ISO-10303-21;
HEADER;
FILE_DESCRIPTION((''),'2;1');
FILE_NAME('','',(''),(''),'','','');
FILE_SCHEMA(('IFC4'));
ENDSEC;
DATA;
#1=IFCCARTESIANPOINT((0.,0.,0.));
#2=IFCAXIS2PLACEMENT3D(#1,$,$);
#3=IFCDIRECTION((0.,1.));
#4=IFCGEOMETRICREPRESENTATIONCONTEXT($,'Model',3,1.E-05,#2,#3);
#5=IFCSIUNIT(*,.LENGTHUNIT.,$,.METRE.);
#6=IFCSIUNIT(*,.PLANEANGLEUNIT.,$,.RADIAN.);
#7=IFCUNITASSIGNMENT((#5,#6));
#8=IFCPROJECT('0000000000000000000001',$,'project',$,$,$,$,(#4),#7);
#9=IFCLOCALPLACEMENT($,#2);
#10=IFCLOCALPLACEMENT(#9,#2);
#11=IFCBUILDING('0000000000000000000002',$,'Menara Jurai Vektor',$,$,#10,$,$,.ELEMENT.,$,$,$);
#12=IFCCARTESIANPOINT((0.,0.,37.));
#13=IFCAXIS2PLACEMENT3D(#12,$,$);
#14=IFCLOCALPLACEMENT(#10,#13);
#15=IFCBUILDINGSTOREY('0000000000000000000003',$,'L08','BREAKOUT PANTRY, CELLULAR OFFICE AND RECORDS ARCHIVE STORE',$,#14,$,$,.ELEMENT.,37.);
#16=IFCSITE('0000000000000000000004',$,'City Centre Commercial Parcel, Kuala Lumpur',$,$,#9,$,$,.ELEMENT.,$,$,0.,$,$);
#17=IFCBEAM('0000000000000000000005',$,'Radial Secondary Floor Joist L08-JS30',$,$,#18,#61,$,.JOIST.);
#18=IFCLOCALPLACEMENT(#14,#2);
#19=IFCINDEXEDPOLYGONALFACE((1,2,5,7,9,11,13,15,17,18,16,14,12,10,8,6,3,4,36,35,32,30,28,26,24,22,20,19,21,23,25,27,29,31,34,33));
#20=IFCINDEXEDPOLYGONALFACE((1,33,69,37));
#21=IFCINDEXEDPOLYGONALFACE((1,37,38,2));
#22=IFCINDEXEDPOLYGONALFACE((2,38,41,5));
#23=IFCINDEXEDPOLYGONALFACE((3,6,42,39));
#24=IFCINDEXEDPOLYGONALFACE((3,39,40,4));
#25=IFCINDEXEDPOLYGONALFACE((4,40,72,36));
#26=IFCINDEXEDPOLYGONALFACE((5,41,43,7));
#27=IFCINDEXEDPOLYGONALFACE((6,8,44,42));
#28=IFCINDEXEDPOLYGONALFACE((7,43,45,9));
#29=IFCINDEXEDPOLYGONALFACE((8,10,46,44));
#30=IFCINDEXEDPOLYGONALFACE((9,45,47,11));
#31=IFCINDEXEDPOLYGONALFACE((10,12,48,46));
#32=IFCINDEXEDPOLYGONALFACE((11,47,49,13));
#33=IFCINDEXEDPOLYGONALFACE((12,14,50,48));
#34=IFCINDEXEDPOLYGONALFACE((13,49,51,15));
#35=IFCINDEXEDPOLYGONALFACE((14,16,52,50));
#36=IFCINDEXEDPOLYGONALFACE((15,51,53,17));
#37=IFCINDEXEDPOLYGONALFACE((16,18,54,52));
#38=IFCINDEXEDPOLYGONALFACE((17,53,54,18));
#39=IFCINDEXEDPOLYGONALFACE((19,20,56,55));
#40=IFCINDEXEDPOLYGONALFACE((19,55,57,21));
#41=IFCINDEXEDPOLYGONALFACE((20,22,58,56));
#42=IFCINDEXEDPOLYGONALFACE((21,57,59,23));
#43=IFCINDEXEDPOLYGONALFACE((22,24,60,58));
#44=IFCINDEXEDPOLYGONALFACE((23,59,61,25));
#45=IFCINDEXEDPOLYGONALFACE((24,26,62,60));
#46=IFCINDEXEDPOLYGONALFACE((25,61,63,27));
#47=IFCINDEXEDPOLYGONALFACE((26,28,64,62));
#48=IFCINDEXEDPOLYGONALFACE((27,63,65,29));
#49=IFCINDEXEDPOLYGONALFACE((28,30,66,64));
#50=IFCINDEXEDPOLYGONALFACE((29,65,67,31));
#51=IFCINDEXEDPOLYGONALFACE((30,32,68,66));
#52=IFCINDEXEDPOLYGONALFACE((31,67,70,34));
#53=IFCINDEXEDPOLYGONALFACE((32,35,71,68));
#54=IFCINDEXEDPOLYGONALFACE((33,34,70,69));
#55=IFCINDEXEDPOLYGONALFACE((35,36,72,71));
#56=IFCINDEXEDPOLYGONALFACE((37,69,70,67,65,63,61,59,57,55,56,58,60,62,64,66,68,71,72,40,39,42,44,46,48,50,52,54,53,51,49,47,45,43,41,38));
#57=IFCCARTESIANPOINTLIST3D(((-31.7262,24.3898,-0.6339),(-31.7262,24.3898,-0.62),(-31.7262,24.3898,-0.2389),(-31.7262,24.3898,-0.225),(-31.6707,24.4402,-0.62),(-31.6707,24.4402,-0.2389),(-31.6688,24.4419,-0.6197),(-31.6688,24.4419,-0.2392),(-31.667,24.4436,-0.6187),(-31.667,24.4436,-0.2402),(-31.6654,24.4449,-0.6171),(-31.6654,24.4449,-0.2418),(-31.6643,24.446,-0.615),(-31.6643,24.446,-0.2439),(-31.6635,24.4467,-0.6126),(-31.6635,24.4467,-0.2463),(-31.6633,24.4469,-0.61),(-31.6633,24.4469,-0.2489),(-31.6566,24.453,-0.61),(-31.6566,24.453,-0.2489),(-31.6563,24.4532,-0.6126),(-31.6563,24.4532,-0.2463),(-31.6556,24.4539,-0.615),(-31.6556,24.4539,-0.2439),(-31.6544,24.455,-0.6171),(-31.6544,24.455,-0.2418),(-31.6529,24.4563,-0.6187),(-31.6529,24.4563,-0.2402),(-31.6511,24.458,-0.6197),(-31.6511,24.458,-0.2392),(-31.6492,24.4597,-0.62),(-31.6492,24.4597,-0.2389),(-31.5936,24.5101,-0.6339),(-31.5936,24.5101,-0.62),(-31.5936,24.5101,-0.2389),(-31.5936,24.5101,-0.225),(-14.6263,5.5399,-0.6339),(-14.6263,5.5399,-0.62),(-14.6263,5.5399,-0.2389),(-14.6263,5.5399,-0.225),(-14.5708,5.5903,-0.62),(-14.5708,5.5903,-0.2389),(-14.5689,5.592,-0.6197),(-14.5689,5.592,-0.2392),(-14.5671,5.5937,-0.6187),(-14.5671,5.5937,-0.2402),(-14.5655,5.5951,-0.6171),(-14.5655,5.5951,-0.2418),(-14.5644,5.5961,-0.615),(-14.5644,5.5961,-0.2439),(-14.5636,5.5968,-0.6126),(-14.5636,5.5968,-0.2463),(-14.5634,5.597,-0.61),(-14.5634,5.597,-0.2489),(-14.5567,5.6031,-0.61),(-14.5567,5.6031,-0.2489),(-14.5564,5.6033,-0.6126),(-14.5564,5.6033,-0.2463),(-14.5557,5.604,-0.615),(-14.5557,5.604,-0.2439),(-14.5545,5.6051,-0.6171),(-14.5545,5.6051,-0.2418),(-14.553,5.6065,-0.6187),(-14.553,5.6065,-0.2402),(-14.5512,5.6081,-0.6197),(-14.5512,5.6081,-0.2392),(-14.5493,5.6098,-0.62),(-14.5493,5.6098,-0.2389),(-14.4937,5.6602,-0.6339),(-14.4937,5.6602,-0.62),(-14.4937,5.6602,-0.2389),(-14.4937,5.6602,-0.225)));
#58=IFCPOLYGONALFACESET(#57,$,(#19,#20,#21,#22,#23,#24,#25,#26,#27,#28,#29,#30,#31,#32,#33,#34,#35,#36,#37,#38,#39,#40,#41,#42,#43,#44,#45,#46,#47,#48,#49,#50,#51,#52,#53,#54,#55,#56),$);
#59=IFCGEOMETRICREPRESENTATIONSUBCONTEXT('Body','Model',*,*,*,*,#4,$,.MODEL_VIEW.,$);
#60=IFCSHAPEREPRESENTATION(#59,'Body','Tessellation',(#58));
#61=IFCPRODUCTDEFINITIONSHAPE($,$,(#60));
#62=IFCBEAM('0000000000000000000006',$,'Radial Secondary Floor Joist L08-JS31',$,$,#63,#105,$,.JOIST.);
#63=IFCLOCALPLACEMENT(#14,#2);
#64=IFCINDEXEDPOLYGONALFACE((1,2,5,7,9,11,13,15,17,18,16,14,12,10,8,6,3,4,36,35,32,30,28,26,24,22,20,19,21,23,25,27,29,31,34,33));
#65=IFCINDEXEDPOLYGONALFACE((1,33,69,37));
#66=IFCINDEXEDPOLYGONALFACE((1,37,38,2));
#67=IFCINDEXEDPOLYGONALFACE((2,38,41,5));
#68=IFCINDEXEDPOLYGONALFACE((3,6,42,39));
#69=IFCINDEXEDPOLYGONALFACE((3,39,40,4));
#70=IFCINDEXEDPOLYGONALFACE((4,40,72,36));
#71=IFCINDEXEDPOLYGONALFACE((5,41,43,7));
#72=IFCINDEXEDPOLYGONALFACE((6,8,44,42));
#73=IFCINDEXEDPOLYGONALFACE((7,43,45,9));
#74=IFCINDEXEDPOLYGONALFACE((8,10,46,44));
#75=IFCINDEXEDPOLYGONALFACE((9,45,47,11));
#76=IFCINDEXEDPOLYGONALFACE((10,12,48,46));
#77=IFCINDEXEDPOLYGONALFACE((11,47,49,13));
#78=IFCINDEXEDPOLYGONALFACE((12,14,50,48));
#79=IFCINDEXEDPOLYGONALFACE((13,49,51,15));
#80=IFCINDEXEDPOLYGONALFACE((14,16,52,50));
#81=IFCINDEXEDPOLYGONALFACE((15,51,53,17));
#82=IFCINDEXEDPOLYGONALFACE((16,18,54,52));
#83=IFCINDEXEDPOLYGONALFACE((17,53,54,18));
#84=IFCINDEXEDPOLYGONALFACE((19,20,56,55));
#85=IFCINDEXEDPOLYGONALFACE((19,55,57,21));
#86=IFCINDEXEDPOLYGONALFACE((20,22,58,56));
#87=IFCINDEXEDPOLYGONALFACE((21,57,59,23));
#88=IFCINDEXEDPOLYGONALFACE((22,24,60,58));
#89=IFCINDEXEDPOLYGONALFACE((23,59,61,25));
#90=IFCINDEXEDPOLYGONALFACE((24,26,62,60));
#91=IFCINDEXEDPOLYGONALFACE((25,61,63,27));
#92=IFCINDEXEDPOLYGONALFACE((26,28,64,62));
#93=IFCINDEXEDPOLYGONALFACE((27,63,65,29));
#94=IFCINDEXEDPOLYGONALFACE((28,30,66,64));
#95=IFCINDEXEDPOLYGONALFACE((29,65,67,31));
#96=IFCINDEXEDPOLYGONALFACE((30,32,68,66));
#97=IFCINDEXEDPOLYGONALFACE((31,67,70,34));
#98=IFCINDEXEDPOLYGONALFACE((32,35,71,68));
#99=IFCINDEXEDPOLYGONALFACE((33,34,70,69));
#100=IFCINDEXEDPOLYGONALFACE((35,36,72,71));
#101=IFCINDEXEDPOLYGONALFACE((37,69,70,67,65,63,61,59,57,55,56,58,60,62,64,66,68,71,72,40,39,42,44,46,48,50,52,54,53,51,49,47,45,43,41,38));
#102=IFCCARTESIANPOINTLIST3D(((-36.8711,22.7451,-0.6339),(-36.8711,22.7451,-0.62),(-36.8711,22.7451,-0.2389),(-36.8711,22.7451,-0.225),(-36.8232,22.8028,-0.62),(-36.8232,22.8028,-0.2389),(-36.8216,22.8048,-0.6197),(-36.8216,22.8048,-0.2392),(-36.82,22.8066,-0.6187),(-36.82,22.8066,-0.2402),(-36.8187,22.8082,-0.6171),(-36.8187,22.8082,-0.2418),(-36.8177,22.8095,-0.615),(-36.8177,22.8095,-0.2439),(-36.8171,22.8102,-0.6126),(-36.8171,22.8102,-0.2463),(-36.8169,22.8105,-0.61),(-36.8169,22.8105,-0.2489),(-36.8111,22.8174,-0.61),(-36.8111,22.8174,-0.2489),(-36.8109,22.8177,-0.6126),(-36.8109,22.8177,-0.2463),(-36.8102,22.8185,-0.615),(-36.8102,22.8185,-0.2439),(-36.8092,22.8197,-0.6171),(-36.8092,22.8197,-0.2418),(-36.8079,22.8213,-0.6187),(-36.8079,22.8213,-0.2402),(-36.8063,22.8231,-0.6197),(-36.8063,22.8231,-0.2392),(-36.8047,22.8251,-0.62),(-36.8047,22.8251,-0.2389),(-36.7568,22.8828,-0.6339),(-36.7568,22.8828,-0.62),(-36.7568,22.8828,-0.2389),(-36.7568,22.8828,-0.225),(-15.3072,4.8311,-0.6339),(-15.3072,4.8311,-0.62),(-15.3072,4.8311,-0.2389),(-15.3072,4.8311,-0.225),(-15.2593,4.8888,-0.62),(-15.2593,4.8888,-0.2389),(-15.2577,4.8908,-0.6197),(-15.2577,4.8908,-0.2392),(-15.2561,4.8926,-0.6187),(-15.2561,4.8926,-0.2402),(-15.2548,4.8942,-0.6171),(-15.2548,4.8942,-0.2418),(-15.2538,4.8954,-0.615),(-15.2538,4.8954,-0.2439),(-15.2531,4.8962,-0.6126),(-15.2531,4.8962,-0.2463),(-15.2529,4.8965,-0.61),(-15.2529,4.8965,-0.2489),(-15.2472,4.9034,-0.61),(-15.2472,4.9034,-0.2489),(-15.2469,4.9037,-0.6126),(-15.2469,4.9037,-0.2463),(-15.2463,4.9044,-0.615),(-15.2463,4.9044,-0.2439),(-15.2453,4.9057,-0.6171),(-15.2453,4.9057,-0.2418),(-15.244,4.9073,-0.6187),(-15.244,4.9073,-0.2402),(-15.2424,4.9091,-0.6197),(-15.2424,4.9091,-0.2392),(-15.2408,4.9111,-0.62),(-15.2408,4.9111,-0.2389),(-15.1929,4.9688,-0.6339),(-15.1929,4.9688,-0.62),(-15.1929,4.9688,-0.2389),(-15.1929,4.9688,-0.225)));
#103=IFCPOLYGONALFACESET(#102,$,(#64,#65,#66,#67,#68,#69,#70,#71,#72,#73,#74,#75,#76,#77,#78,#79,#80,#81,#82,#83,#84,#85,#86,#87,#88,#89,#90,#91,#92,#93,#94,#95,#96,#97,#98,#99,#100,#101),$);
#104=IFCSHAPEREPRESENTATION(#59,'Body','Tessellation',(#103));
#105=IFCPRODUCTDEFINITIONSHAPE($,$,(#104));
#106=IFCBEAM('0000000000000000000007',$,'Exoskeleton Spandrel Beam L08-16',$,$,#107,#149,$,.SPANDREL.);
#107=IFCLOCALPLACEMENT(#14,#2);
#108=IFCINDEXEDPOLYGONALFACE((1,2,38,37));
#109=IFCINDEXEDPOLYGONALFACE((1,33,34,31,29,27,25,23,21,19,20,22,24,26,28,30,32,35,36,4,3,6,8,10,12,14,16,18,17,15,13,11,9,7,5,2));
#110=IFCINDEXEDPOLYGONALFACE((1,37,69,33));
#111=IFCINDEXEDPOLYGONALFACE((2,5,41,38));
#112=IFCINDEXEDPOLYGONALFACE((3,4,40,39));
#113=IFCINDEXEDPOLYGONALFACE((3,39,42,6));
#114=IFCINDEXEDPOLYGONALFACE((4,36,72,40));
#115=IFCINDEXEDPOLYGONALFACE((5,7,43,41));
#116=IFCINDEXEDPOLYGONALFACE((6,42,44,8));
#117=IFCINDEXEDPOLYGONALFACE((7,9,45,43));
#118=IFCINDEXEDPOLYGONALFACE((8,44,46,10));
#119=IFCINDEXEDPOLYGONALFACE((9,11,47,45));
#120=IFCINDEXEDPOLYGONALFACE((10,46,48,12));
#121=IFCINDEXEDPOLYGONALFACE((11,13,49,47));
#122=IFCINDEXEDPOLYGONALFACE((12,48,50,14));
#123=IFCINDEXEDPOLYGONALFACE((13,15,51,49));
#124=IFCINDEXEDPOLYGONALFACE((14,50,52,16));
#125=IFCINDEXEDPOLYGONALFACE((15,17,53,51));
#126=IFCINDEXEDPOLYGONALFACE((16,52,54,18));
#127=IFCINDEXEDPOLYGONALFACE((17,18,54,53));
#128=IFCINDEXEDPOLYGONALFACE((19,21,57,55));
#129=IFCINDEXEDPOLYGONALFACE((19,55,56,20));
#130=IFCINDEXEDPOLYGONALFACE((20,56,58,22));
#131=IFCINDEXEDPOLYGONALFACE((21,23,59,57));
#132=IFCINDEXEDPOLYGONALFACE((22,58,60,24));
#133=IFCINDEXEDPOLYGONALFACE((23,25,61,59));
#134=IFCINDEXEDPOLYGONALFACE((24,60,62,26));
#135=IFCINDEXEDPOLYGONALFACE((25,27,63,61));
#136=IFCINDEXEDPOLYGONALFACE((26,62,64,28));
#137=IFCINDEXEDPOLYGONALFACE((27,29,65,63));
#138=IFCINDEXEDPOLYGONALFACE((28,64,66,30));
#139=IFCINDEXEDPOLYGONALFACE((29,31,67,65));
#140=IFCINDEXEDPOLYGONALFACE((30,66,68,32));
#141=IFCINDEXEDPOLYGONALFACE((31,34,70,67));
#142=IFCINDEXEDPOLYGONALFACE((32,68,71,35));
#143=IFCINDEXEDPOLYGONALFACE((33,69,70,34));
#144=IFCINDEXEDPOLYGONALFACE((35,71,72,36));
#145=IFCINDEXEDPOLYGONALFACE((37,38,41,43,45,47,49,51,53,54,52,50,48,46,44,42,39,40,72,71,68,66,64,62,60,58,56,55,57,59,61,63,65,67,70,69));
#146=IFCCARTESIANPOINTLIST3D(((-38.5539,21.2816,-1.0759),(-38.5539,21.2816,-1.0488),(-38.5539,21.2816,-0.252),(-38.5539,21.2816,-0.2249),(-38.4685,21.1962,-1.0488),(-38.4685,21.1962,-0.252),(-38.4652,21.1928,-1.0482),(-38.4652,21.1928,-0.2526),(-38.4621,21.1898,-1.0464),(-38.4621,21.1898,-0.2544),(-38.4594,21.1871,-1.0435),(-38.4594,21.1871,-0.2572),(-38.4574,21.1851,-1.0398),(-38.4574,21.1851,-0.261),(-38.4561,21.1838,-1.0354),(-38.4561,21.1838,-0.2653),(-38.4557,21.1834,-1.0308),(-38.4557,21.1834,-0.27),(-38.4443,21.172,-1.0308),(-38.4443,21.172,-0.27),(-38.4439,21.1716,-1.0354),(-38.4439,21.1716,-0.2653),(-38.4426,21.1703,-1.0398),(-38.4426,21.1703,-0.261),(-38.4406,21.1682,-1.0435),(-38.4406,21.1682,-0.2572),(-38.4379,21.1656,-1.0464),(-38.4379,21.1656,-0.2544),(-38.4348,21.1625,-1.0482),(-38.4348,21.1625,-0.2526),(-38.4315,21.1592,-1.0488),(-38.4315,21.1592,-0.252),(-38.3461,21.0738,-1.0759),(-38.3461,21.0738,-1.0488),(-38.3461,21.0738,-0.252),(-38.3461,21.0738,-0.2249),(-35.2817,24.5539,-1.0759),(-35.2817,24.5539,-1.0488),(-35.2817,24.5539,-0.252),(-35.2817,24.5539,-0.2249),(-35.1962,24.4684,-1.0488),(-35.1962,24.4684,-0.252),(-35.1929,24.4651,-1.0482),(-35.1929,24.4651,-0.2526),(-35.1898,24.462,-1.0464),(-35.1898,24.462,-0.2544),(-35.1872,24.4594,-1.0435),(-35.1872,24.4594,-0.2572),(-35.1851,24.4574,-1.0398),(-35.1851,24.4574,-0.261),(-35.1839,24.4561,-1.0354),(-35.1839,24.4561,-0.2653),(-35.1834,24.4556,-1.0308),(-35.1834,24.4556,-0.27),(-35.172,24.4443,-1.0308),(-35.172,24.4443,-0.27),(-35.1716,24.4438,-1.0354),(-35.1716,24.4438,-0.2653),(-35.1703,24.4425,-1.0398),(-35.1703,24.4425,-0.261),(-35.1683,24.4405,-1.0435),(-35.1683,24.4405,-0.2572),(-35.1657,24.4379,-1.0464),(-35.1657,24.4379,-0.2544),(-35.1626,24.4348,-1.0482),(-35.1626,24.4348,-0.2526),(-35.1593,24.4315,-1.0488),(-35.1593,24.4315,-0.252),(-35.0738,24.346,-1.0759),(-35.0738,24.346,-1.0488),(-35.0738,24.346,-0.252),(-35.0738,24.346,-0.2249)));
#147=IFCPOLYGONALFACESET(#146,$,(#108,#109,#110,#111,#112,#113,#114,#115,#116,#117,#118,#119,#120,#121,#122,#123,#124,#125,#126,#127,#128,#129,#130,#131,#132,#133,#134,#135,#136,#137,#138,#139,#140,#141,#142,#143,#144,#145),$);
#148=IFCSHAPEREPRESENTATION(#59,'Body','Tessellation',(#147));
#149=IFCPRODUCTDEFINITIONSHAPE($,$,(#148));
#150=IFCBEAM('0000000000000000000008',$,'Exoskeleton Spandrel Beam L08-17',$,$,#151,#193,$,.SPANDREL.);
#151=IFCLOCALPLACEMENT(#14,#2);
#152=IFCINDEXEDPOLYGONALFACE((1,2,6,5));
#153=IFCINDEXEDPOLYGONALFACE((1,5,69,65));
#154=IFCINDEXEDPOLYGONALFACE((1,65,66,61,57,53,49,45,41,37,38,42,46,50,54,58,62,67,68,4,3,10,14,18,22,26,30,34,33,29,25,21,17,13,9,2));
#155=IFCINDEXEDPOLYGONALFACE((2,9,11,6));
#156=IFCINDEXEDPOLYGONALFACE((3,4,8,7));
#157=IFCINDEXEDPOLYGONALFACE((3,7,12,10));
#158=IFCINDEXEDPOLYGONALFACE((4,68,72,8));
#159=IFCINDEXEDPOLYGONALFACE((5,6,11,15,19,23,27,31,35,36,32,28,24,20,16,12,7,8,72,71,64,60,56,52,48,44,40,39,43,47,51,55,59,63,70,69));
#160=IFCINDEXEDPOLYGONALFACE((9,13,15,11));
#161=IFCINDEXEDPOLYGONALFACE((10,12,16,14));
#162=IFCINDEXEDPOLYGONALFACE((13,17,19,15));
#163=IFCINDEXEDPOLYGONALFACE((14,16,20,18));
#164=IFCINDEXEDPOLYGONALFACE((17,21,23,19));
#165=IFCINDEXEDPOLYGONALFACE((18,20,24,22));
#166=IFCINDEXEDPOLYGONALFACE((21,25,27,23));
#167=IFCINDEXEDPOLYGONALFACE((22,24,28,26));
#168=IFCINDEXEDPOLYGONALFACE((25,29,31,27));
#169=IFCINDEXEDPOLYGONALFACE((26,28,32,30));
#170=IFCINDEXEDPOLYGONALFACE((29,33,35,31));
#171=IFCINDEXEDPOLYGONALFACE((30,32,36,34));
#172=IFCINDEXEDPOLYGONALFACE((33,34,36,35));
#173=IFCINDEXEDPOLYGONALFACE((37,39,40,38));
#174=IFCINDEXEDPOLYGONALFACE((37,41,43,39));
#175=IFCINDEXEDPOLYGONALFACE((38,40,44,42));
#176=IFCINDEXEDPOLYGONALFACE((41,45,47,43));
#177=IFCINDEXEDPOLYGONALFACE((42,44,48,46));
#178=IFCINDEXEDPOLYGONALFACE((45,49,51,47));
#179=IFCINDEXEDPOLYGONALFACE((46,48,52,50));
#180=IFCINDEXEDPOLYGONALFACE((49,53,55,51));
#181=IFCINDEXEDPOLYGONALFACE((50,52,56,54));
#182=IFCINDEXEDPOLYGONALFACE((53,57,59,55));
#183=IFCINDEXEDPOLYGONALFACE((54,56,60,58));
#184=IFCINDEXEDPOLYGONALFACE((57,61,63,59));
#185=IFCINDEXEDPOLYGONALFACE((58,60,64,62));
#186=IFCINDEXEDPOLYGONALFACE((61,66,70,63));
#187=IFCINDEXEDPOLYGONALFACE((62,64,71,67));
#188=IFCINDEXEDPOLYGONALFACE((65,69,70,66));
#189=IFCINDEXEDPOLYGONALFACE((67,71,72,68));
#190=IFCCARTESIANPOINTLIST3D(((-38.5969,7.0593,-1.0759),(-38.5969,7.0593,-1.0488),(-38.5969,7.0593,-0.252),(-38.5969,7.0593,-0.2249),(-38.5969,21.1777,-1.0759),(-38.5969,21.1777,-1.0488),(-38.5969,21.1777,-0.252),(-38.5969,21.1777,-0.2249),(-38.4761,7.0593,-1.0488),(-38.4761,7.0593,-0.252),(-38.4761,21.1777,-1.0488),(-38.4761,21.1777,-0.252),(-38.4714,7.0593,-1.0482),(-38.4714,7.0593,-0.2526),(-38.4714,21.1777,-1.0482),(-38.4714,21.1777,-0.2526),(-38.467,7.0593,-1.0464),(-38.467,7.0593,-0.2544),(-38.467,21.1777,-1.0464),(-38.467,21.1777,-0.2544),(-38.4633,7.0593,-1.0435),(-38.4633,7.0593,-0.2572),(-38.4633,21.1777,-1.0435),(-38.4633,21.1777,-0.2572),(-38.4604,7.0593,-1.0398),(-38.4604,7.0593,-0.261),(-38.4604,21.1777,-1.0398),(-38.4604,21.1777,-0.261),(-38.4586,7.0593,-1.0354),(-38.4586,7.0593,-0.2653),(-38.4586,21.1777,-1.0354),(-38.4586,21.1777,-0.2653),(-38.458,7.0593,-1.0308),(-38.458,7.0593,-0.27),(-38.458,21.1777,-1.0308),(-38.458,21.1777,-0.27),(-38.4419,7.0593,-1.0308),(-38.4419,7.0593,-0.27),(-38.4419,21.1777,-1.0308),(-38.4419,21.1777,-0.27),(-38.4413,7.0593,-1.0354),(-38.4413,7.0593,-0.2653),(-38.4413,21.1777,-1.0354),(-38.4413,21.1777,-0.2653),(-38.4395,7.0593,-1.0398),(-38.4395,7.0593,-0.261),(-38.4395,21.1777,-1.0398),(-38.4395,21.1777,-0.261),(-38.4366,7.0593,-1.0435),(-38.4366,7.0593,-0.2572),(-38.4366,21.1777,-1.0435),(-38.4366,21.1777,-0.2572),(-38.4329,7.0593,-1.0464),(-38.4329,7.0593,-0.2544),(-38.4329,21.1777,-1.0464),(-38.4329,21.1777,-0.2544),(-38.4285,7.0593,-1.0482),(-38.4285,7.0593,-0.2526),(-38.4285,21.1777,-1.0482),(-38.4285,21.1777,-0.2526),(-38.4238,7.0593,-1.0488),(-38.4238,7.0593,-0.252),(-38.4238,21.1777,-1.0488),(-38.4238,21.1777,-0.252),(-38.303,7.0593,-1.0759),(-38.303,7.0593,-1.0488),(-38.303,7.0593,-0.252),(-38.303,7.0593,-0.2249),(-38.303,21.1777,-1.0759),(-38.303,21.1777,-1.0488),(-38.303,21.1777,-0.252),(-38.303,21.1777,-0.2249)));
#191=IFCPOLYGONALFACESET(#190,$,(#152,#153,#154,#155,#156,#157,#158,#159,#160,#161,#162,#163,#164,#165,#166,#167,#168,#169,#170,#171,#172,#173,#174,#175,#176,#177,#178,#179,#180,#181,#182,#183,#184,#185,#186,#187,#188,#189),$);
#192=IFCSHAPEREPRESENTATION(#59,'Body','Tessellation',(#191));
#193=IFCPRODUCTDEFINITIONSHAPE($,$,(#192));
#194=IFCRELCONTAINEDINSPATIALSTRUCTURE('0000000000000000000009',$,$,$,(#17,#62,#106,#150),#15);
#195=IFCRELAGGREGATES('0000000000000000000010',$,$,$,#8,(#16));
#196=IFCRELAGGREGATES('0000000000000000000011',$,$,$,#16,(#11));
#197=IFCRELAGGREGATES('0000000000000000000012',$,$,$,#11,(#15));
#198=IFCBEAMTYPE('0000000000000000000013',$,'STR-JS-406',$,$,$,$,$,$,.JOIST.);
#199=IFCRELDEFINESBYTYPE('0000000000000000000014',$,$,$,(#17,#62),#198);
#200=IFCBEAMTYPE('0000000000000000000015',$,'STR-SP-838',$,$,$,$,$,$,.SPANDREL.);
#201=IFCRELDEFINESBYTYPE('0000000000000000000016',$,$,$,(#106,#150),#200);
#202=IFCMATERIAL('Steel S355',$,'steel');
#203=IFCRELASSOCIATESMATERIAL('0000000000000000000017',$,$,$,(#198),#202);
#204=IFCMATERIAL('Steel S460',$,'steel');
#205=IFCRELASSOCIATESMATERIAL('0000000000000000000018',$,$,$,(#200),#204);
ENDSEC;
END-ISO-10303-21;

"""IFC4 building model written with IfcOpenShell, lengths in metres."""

from ifc_helpers import new_model, si_unit, direction, frame, origin, origin_2d, place, context, subcontext, project, spatial, i_section, extrude, material, material_profile, profile_set, type_object, element, save


model = new_model("IFC4")

# Units and contexts
model_context = context("Model", 3, precision=1e-05, world=origin(), true_north=direction((0.0, 1.0)))
body_context = subcontext(model_context, "Body", "Model", "MODEL_VIEW")
ifc_project = project(units=[si_unit("LENGTHUNIT", "METRE"), si_unit("PLANEANGLEUNIT", "RADIAN")], contexts=[model_context])

# Site, building, storey
site_placement = place(None, origin())
site = spatial("IfcSite", under=ifc_project, at=site_placement, Name="City Centre Commercial Parcel, Kuala Lumpur", CompositionType="ELEMENT", RefElevation=0.0)
building_placement = place(site_placement, origin())
building = spatial("IfcBuilding", under=site, at=building_placement, Name="Menara Jurai Vektor", CompositionType="ELEMENT")
storey_placement = place(building_placement, frame((0.0, 0.0, 37.0)))
storey = spatial("IfcBuildingStorey", under=building, at=storey_placement, Name="L08", Description="BREAKOUT PANTRY, CELLULAR OFFICE AND RECORDS ARCHIVE STORE", CompositionType="ELEMENT", Elevation=37.0)

# Shared definitions
ifc_material_1 = material(Name="Steel S460", Category="steel")

# Shared definitions
ifc_material_2 = material(Name="Steel S355", Category="steel")

# Beams
ifc_material_profile_1 = material_profile(ifc_material_2, i_section(OverallWidth=0.179, OverallDepth=0.4089, WebThickness=0.009, FlangeThickness=0.0139, FilletRadius=0.01, at=origin_2d()), Name="UKB 406x178x67")
ifc_profile_set_1 = profile_set([ifc_material_profile_1], Name="Steel S355")
beam_type_1 = type_object("IfcBeamType", Name="STR-JS-406", PredefinedType="JOIST", material=ifc_profile_set_1)
beam_1_placement = place(storey_placement, frame((-31.6599, 24.45, -0.4294), z_axis=(0.67189, -0.740651, 0.0), x_axis=(0.740651, 0.67189, 0.0)))
element("IfcBeam", 1, at=beam_1_placement, inside=storey, type_object=beam_type_1, Name="Radial Secondary Floor Joist L08-JS30", PredefinedType="JOIST", context=body_context, shape_type="SweptSolid", body=[
    extrude(i_section(OverallWidth=0.179, OverallDepth=0.4089, WebThickness=0.009, FlangeThickness=0.0139, FilletRadius=0.01, at=origin_2d()), origin(), (0.0, 0.0, 1.0), 25.4504),
])
beam_2_placement = place(storey_placement, frame((-36.814, 22.814, -0.4294), z_axis=(0.769201, -0.639007, 0.0), x_axis=(0.639007, 0.769201, 0.0)))
element("IfcBeam", 2, at=beam_2_placement, inside=storey, type_object=beam_type_1, Name="Radial Secondary Floor Joist L08-JS31", PredefinedType="JOIST", context=body_context, shape_type="SweptSolid", body=[
    extrude(i_section(OverallWidth=0.179, OverallDepth=0.4089, WebThickness=0.009, FlangeThickness=0.0139, FilletRadius=0.01, at=origin_2d()), origin(), (0.0, 0.0, 1.0), 28.0342),
])
ifc_material_profile_2 = material_profile(ifc_material_1, i_section(OverallWidth=0.2939, OverallDepth=0.8511, WebThickness=0.0161, FlangeThickness=0.0271, FilletRadius=0.0181, at=origin_2d()), Name="UKB 838x292x226")
ifc_profile_set_2 = profile_set([ifc_material_profile_2], Name="Steel S460")
beam_type_2 = type_object("IfcBeamType", Name="STR-SP-838", PredefinedType="SPANDREL", material=ifc_profile_set_2)
beam_3_placement = place(storey_placement, frame((-35.1777, 24.45, -0.6504), z_axis=(-0.707107, -0.707107, 0.0), x_axis=(0.707107, -0.707107, 0.0)))
element("IfcBeam", 3, at=beam_3_placement, inside=storey, type_object=beam_type_2, Name="Exoskeleton Spandrel Beam L08-16", PredefinedType="SPANDREL", context=body_context, shape_type="SweptSolid", body=[
    extrude(i_section(OverallWidth=0.2939, OverallDepth=0.8511, WebThickness=0.0161, FlangeThickness=0.0271, FilletRadius=0.0181, at=origin_2d()), origin(), (0.0, 0.0, 1.0), 4.6277),
])
beam_4_placement = place(storey_placement, frame((-38.45, 21.1777, -0.6504), z_axis=(0.0, -1.0, 0.0), x_axis=(1.0, 0.0, 0.0)))
element("IfcBeam", 4, at=beam_4_placement, inside=storey, type_object=beam_type_2, Name="Exoskeleton Spandrel Beam L08-17", PredefinedType="SPANDREL", context=body_context, shape_type="SweptSolid", body=[
    extrude(i_section(OverallWidth=0.2939, OverallDepth=0.8511, WebThickness=0.0161, FlangeThickness=0.0271, FilletRadius=0.0181, at=origin_2d()), origin(), (0.0, 0.0, 1.0), 14.1184),
])

save(model, "model.ifc")
